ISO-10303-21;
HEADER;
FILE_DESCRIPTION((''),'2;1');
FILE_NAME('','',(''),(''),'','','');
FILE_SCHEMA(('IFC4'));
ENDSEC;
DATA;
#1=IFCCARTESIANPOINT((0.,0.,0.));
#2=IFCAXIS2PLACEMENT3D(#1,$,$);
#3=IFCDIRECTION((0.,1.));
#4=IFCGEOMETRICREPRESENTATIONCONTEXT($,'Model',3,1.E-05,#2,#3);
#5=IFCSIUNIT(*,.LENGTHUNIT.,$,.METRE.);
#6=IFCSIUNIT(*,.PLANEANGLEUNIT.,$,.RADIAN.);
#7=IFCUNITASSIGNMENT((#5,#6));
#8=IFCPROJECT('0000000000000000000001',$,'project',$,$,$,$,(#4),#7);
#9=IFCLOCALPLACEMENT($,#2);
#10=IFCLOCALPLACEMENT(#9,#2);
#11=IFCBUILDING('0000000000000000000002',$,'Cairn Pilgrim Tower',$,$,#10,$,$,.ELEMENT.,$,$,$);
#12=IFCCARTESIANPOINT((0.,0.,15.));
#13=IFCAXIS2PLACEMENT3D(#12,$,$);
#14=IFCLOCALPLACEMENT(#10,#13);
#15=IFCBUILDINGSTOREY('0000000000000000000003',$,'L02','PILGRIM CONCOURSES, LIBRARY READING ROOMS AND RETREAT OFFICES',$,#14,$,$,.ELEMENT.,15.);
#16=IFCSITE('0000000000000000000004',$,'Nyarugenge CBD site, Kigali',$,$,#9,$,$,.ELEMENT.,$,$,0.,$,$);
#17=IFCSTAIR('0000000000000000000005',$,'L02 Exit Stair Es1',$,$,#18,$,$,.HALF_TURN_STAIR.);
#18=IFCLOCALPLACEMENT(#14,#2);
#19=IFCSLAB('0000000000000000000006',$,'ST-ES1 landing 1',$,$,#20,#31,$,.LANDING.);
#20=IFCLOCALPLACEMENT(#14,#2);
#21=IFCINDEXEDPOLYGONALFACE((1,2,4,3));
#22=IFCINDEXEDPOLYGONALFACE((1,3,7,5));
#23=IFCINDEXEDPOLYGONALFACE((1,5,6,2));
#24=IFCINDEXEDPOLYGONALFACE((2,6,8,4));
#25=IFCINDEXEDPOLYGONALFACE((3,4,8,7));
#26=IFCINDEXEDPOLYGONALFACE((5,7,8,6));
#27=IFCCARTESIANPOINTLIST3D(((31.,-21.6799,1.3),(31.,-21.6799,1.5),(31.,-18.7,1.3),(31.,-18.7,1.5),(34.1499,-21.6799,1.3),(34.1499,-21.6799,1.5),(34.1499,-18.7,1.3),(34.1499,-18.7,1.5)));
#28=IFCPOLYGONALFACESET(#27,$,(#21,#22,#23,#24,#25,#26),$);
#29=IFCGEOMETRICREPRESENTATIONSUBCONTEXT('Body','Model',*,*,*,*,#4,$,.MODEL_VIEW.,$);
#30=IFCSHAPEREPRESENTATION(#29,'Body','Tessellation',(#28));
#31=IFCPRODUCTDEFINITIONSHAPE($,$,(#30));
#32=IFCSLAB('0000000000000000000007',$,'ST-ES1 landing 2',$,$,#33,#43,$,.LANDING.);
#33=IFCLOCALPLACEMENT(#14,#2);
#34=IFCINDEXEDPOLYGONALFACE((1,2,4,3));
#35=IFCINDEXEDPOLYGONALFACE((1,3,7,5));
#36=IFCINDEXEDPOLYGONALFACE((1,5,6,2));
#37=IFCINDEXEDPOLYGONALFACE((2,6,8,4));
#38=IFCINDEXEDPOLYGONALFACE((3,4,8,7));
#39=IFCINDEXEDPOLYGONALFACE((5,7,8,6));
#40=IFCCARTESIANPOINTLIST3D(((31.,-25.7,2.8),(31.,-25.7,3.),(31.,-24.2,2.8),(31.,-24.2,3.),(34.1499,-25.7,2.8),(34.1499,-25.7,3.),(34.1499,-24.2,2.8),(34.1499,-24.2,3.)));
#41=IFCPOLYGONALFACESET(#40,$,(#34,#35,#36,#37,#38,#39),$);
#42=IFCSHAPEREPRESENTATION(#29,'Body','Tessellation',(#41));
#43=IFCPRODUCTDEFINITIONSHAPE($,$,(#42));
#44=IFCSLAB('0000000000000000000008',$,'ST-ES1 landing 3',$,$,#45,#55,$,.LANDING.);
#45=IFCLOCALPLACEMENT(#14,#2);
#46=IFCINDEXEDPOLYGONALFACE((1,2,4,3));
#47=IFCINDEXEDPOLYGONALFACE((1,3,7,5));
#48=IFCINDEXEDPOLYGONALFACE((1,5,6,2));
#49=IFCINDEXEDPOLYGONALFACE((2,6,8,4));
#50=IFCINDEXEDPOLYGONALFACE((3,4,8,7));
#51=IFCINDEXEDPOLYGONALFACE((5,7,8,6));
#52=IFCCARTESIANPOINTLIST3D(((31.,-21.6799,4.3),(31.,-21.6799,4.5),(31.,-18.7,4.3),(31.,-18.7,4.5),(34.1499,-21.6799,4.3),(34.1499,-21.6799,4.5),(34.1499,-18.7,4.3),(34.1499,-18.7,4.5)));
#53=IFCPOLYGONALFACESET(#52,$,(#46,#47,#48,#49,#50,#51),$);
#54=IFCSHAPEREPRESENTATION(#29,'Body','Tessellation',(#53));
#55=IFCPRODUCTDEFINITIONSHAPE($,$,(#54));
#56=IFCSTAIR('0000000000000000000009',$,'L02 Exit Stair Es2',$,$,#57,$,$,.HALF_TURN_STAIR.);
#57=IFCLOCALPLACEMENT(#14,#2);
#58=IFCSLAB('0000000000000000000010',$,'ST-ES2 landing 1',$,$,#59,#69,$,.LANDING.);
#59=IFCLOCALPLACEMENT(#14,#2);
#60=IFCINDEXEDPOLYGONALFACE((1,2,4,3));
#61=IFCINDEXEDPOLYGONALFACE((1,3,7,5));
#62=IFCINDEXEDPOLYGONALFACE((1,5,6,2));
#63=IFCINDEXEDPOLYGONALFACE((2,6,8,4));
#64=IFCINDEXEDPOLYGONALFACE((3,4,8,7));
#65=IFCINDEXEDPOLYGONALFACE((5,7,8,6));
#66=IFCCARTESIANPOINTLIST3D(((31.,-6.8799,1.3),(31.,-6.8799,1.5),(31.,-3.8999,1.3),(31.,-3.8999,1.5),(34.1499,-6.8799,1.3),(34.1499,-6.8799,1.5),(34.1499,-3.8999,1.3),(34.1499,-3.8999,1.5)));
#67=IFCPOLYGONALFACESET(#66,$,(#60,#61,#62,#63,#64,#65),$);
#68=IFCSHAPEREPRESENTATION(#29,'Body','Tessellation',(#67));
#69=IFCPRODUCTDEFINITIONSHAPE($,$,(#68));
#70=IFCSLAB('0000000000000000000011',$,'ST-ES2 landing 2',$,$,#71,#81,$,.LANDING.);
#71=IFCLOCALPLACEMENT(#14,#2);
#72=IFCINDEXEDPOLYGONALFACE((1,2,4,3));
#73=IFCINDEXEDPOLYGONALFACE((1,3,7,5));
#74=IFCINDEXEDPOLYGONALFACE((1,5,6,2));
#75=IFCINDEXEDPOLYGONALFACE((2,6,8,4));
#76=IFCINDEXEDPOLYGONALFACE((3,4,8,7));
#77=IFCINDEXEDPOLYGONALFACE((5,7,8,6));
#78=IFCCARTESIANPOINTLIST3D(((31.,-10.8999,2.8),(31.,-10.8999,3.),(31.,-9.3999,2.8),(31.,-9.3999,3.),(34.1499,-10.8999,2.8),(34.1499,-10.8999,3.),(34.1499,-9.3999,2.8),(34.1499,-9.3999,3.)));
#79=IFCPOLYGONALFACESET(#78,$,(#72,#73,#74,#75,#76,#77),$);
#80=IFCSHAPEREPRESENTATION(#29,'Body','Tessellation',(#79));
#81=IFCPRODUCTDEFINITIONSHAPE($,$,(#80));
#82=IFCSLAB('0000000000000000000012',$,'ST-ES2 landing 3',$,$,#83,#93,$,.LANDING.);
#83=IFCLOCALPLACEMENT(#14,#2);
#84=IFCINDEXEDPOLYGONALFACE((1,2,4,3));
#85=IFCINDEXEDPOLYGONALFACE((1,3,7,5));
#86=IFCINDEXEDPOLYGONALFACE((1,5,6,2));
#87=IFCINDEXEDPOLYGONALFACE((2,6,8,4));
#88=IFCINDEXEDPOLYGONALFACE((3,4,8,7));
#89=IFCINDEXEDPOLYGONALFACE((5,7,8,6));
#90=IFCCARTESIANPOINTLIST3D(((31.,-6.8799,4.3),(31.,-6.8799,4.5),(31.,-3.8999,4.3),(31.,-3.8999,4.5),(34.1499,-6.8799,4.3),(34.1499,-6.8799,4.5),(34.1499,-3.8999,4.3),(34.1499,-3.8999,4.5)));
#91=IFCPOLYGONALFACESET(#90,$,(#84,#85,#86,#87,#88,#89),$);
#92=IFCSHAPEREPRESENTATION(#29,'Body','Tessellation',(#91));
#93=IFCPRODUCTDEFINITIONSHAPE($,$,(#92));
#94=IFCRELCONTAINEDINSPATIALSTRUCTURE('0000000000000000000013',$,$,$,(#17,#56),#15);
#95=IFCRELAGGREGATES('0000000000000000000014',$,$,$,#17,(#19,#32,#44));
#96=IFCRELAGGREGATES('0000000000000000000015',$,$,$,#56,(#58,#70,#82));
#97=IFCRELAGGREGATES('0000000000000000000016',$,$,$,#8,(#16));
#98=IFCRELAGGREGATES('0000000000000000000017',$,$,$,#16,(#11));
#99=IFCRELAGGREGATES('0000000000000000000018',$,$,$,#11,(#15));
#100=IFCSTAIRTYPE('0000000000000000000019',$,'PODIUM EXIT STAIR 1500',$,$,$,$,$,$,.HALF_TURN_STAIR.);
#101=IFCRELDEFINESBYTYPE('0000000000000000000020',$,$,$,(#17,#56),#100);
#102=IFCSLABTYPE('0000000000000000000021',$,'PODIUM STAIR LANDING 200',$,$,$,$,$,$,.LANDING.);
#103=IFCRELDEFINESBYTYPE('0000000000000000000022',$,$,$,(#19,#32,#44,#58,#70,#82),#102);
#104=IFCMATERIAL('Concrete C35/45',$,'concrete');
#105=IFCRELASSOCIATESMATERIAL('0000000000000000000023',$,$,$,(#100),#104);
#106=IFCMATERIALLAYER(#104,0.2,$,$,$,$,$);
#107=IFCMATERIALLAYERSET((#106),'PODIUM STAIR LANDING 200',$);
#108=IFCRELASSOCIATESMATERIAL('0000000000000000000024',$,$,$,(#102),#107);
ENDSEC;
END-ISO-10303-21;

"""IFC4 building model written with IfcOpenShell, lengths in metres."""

from ifc_helpers import new_model, si_unit, direction, frame, origin, place, context, subcontext, project, spatial, polyline, outline, extrude, material, layer, layer_set, type_object, element, aggregate, save


model = new_model("IFC4")

# Units and contexts
model_context = context("Model", 3, precision=1e-05, world=origin(), true_north=direction((0.0, 1.0)))
body_context = subcontext(model_context, "Body", "Model", "MODEL_VIEW")
ifc_project = project(units=[si_unit("LENGTHUNIT", "METRE"), si_unit("PLANEANGLEUNIT", "RADIAN")], contexts=[model_context])

# Site, building, storey
site_placement = place(None, origin())
site = spatial("IfcSite", under=ifc_project, at=site_placement, Name="Nyarugenge CBD site, Kigali", CompositionType="ELEMENT", RefElevation=0.0)
building_placement = place(site_placement, origin())
building = spatial("IfcBuilding", under=site, at=building_placement, Name="Cairn Pilgrim Tower", CompositionType="ELEMENT")
storey_placement = place(building_placement, frame((0.0, 0.0, 15.0)))
storey = spatial("IfcBuildingStorey", under=building, at=storey_placement, Name="L02", Description="PILGRIM CONCOURSES, LIBRARY READING ROOMS AND RETREAT OFFICES", CompositionType="ELEMENT", Elevation=15.0)

# Shared definitions
ifc_material = material(Name="Concrete C35/45", Category="concrete")

# Stairs, slabs
stair_type = type_object("IfcStairType", Name="PODIUM EXIT STAIR 1500", PredefinedType="HALF_TURN_STAIR", material=ifc_material)
ifc_layer_1 = layer(ifc_material, 0.2)
ifc_layer_set_1 = layer_set([ifc_layer_1], Name="PODIUM STAIR LANDING 200")
slab_type_1 = type_object("IfcSlabType", Name="PODIUM STAIR LANDING 200", PredefinedType="LANDING", material=ifc_layer_set_1)
stair_1_placement = place(storey_placement, origin())
stair_1 = element("IfcStair", 1, at=stair_1_placement, inside=storey, type_object=stair_type, Name="L02 Exit Stair Es1", PredefinedType="HALF_TURN_STAIR")
slab_1_placement = place(storey_placement, frame((0.0, 0.0, 1.3)))
slab_1 = element("IfcSlab", 2, at=slab_1_placement, type_object=slab_type_1, Name="ST-ES1 landing 1", PredefinedType="LANDING", context=body_context, shape_type="SweptSolid", body=[
    extrude(outline(polyline([(34.1499, -21.6799), (34.1499, -18.7), (31.0, -18.7), (31.0, -21.6799), (34.1499, -21.6799)])), origin(), (0.0, 0.0, 1.0), 0.2),
])
slab_2_placement = place(storey_placement, frame((0.0, 0.0, 2.8)))
slab_2 = element("IfcSlab", 3, at=slab_2_placement, type_object=slab_type_1, Name="ST-ES1 landing 2", PredefinedType="LANDING", context=body_context, shape_type="SweptSolid", body=[
    extrude(outline(polyline([(34.1499, -25.7), (34.1499, -24.2), (31.0, -24.2), (31.0, -25.7), (34.1499, -25.7)])), origin(), (0.0, 0.0, 1.0), 0.2),
])
slab_3_placement = place(storey_placement, frame((0.0, 0.0, 4.3)))
slab_3 = element("IfcSlab", 4, at=slab_3_placement, type_object=slab_type_1, Name="ST-ES1 landing 3", PredefinedType="LANDING", context=body_context, shape_type="SweptSolid", body=[
    extrude(outline(polyline([(34.1499, -21.6799), (34.1499, -18.7), (31.0, -18.7), (31.0, -21.6799), (34.1499, -21.6799)])), origin(), (0.0, 0.0, 1.0), 0.2),
])
aggregate(stair_1, [slab_1, slab_2, slab_3])
stair_2_placement = place(storey_placement, origin())
stair_2 = element("IfcStair", 5, at=stair_2_placement, inside=storey, type_object=stair_type, Name="L02 Exit Stair Es2", PredefinedType="HALF_TURN_STAIR")
slab_4_placement = place(storey_placement, frame((0.0, 0.0, 1.3)))
slab_4 = element("IfcSlab", 6, at=slab_4_placement, type_object=slab_type_1, Name="ST-ES2 landing 1", PredefinedType="LANDING", context=body_context, shape_type="SweptSolid", body=[
    extrude(outline(polyline([(34.1499, -6.8799), (34.1499, -3.8999), (31.0, -3.8999), (31.0, -6.8799), (34.1499, -6.8799)])), origin(), (0.0, 0.0, 1.0), 0.2),
])
slab_5_placement = place(storey_placement, frame((0.0, 0.0, 2.8)))
slab_5 = element("IfcSlab", 7, at=slab_5_placement, type_object=slab_type_1, Name="ST-ES2 landing 2", PredefinedType="LANDING", context=body_context, shape_type="SweptSolid", body=[
    extrude(outline(polyline([(34.1499, -10.8999), (34.1499, -9.3999), (31.0, -9.3999), (31.0, -10.8999), (34.1499, -10.8999)])), origin(), (0.0, 0.0, 1.0), 0.2),
])
slab_6_placement = place(storey_placement, frame((0.0, 0.0, 4.3)))
slab_6 = element("IfcSlab", 8, at=slab_6_placement, type_object=slab_type_1, Name="ST-ES2 landing 3", PredefinedType="LANDING", context=body_context, shape_type="SweptSolid", body=[
    extrude(outline(polyline([(34.1499, -6.8799), (34.1499, -3.8999), (31.0, -3.8999), (31.0, -6.8799), (34.1499, -6.8799)])), origin(), (0.0, 0.0, 1.0), 0.2),
])
aggregate(stair_2, [slab_4, slab_5, slab_6])

save(model, "model.ifc")
